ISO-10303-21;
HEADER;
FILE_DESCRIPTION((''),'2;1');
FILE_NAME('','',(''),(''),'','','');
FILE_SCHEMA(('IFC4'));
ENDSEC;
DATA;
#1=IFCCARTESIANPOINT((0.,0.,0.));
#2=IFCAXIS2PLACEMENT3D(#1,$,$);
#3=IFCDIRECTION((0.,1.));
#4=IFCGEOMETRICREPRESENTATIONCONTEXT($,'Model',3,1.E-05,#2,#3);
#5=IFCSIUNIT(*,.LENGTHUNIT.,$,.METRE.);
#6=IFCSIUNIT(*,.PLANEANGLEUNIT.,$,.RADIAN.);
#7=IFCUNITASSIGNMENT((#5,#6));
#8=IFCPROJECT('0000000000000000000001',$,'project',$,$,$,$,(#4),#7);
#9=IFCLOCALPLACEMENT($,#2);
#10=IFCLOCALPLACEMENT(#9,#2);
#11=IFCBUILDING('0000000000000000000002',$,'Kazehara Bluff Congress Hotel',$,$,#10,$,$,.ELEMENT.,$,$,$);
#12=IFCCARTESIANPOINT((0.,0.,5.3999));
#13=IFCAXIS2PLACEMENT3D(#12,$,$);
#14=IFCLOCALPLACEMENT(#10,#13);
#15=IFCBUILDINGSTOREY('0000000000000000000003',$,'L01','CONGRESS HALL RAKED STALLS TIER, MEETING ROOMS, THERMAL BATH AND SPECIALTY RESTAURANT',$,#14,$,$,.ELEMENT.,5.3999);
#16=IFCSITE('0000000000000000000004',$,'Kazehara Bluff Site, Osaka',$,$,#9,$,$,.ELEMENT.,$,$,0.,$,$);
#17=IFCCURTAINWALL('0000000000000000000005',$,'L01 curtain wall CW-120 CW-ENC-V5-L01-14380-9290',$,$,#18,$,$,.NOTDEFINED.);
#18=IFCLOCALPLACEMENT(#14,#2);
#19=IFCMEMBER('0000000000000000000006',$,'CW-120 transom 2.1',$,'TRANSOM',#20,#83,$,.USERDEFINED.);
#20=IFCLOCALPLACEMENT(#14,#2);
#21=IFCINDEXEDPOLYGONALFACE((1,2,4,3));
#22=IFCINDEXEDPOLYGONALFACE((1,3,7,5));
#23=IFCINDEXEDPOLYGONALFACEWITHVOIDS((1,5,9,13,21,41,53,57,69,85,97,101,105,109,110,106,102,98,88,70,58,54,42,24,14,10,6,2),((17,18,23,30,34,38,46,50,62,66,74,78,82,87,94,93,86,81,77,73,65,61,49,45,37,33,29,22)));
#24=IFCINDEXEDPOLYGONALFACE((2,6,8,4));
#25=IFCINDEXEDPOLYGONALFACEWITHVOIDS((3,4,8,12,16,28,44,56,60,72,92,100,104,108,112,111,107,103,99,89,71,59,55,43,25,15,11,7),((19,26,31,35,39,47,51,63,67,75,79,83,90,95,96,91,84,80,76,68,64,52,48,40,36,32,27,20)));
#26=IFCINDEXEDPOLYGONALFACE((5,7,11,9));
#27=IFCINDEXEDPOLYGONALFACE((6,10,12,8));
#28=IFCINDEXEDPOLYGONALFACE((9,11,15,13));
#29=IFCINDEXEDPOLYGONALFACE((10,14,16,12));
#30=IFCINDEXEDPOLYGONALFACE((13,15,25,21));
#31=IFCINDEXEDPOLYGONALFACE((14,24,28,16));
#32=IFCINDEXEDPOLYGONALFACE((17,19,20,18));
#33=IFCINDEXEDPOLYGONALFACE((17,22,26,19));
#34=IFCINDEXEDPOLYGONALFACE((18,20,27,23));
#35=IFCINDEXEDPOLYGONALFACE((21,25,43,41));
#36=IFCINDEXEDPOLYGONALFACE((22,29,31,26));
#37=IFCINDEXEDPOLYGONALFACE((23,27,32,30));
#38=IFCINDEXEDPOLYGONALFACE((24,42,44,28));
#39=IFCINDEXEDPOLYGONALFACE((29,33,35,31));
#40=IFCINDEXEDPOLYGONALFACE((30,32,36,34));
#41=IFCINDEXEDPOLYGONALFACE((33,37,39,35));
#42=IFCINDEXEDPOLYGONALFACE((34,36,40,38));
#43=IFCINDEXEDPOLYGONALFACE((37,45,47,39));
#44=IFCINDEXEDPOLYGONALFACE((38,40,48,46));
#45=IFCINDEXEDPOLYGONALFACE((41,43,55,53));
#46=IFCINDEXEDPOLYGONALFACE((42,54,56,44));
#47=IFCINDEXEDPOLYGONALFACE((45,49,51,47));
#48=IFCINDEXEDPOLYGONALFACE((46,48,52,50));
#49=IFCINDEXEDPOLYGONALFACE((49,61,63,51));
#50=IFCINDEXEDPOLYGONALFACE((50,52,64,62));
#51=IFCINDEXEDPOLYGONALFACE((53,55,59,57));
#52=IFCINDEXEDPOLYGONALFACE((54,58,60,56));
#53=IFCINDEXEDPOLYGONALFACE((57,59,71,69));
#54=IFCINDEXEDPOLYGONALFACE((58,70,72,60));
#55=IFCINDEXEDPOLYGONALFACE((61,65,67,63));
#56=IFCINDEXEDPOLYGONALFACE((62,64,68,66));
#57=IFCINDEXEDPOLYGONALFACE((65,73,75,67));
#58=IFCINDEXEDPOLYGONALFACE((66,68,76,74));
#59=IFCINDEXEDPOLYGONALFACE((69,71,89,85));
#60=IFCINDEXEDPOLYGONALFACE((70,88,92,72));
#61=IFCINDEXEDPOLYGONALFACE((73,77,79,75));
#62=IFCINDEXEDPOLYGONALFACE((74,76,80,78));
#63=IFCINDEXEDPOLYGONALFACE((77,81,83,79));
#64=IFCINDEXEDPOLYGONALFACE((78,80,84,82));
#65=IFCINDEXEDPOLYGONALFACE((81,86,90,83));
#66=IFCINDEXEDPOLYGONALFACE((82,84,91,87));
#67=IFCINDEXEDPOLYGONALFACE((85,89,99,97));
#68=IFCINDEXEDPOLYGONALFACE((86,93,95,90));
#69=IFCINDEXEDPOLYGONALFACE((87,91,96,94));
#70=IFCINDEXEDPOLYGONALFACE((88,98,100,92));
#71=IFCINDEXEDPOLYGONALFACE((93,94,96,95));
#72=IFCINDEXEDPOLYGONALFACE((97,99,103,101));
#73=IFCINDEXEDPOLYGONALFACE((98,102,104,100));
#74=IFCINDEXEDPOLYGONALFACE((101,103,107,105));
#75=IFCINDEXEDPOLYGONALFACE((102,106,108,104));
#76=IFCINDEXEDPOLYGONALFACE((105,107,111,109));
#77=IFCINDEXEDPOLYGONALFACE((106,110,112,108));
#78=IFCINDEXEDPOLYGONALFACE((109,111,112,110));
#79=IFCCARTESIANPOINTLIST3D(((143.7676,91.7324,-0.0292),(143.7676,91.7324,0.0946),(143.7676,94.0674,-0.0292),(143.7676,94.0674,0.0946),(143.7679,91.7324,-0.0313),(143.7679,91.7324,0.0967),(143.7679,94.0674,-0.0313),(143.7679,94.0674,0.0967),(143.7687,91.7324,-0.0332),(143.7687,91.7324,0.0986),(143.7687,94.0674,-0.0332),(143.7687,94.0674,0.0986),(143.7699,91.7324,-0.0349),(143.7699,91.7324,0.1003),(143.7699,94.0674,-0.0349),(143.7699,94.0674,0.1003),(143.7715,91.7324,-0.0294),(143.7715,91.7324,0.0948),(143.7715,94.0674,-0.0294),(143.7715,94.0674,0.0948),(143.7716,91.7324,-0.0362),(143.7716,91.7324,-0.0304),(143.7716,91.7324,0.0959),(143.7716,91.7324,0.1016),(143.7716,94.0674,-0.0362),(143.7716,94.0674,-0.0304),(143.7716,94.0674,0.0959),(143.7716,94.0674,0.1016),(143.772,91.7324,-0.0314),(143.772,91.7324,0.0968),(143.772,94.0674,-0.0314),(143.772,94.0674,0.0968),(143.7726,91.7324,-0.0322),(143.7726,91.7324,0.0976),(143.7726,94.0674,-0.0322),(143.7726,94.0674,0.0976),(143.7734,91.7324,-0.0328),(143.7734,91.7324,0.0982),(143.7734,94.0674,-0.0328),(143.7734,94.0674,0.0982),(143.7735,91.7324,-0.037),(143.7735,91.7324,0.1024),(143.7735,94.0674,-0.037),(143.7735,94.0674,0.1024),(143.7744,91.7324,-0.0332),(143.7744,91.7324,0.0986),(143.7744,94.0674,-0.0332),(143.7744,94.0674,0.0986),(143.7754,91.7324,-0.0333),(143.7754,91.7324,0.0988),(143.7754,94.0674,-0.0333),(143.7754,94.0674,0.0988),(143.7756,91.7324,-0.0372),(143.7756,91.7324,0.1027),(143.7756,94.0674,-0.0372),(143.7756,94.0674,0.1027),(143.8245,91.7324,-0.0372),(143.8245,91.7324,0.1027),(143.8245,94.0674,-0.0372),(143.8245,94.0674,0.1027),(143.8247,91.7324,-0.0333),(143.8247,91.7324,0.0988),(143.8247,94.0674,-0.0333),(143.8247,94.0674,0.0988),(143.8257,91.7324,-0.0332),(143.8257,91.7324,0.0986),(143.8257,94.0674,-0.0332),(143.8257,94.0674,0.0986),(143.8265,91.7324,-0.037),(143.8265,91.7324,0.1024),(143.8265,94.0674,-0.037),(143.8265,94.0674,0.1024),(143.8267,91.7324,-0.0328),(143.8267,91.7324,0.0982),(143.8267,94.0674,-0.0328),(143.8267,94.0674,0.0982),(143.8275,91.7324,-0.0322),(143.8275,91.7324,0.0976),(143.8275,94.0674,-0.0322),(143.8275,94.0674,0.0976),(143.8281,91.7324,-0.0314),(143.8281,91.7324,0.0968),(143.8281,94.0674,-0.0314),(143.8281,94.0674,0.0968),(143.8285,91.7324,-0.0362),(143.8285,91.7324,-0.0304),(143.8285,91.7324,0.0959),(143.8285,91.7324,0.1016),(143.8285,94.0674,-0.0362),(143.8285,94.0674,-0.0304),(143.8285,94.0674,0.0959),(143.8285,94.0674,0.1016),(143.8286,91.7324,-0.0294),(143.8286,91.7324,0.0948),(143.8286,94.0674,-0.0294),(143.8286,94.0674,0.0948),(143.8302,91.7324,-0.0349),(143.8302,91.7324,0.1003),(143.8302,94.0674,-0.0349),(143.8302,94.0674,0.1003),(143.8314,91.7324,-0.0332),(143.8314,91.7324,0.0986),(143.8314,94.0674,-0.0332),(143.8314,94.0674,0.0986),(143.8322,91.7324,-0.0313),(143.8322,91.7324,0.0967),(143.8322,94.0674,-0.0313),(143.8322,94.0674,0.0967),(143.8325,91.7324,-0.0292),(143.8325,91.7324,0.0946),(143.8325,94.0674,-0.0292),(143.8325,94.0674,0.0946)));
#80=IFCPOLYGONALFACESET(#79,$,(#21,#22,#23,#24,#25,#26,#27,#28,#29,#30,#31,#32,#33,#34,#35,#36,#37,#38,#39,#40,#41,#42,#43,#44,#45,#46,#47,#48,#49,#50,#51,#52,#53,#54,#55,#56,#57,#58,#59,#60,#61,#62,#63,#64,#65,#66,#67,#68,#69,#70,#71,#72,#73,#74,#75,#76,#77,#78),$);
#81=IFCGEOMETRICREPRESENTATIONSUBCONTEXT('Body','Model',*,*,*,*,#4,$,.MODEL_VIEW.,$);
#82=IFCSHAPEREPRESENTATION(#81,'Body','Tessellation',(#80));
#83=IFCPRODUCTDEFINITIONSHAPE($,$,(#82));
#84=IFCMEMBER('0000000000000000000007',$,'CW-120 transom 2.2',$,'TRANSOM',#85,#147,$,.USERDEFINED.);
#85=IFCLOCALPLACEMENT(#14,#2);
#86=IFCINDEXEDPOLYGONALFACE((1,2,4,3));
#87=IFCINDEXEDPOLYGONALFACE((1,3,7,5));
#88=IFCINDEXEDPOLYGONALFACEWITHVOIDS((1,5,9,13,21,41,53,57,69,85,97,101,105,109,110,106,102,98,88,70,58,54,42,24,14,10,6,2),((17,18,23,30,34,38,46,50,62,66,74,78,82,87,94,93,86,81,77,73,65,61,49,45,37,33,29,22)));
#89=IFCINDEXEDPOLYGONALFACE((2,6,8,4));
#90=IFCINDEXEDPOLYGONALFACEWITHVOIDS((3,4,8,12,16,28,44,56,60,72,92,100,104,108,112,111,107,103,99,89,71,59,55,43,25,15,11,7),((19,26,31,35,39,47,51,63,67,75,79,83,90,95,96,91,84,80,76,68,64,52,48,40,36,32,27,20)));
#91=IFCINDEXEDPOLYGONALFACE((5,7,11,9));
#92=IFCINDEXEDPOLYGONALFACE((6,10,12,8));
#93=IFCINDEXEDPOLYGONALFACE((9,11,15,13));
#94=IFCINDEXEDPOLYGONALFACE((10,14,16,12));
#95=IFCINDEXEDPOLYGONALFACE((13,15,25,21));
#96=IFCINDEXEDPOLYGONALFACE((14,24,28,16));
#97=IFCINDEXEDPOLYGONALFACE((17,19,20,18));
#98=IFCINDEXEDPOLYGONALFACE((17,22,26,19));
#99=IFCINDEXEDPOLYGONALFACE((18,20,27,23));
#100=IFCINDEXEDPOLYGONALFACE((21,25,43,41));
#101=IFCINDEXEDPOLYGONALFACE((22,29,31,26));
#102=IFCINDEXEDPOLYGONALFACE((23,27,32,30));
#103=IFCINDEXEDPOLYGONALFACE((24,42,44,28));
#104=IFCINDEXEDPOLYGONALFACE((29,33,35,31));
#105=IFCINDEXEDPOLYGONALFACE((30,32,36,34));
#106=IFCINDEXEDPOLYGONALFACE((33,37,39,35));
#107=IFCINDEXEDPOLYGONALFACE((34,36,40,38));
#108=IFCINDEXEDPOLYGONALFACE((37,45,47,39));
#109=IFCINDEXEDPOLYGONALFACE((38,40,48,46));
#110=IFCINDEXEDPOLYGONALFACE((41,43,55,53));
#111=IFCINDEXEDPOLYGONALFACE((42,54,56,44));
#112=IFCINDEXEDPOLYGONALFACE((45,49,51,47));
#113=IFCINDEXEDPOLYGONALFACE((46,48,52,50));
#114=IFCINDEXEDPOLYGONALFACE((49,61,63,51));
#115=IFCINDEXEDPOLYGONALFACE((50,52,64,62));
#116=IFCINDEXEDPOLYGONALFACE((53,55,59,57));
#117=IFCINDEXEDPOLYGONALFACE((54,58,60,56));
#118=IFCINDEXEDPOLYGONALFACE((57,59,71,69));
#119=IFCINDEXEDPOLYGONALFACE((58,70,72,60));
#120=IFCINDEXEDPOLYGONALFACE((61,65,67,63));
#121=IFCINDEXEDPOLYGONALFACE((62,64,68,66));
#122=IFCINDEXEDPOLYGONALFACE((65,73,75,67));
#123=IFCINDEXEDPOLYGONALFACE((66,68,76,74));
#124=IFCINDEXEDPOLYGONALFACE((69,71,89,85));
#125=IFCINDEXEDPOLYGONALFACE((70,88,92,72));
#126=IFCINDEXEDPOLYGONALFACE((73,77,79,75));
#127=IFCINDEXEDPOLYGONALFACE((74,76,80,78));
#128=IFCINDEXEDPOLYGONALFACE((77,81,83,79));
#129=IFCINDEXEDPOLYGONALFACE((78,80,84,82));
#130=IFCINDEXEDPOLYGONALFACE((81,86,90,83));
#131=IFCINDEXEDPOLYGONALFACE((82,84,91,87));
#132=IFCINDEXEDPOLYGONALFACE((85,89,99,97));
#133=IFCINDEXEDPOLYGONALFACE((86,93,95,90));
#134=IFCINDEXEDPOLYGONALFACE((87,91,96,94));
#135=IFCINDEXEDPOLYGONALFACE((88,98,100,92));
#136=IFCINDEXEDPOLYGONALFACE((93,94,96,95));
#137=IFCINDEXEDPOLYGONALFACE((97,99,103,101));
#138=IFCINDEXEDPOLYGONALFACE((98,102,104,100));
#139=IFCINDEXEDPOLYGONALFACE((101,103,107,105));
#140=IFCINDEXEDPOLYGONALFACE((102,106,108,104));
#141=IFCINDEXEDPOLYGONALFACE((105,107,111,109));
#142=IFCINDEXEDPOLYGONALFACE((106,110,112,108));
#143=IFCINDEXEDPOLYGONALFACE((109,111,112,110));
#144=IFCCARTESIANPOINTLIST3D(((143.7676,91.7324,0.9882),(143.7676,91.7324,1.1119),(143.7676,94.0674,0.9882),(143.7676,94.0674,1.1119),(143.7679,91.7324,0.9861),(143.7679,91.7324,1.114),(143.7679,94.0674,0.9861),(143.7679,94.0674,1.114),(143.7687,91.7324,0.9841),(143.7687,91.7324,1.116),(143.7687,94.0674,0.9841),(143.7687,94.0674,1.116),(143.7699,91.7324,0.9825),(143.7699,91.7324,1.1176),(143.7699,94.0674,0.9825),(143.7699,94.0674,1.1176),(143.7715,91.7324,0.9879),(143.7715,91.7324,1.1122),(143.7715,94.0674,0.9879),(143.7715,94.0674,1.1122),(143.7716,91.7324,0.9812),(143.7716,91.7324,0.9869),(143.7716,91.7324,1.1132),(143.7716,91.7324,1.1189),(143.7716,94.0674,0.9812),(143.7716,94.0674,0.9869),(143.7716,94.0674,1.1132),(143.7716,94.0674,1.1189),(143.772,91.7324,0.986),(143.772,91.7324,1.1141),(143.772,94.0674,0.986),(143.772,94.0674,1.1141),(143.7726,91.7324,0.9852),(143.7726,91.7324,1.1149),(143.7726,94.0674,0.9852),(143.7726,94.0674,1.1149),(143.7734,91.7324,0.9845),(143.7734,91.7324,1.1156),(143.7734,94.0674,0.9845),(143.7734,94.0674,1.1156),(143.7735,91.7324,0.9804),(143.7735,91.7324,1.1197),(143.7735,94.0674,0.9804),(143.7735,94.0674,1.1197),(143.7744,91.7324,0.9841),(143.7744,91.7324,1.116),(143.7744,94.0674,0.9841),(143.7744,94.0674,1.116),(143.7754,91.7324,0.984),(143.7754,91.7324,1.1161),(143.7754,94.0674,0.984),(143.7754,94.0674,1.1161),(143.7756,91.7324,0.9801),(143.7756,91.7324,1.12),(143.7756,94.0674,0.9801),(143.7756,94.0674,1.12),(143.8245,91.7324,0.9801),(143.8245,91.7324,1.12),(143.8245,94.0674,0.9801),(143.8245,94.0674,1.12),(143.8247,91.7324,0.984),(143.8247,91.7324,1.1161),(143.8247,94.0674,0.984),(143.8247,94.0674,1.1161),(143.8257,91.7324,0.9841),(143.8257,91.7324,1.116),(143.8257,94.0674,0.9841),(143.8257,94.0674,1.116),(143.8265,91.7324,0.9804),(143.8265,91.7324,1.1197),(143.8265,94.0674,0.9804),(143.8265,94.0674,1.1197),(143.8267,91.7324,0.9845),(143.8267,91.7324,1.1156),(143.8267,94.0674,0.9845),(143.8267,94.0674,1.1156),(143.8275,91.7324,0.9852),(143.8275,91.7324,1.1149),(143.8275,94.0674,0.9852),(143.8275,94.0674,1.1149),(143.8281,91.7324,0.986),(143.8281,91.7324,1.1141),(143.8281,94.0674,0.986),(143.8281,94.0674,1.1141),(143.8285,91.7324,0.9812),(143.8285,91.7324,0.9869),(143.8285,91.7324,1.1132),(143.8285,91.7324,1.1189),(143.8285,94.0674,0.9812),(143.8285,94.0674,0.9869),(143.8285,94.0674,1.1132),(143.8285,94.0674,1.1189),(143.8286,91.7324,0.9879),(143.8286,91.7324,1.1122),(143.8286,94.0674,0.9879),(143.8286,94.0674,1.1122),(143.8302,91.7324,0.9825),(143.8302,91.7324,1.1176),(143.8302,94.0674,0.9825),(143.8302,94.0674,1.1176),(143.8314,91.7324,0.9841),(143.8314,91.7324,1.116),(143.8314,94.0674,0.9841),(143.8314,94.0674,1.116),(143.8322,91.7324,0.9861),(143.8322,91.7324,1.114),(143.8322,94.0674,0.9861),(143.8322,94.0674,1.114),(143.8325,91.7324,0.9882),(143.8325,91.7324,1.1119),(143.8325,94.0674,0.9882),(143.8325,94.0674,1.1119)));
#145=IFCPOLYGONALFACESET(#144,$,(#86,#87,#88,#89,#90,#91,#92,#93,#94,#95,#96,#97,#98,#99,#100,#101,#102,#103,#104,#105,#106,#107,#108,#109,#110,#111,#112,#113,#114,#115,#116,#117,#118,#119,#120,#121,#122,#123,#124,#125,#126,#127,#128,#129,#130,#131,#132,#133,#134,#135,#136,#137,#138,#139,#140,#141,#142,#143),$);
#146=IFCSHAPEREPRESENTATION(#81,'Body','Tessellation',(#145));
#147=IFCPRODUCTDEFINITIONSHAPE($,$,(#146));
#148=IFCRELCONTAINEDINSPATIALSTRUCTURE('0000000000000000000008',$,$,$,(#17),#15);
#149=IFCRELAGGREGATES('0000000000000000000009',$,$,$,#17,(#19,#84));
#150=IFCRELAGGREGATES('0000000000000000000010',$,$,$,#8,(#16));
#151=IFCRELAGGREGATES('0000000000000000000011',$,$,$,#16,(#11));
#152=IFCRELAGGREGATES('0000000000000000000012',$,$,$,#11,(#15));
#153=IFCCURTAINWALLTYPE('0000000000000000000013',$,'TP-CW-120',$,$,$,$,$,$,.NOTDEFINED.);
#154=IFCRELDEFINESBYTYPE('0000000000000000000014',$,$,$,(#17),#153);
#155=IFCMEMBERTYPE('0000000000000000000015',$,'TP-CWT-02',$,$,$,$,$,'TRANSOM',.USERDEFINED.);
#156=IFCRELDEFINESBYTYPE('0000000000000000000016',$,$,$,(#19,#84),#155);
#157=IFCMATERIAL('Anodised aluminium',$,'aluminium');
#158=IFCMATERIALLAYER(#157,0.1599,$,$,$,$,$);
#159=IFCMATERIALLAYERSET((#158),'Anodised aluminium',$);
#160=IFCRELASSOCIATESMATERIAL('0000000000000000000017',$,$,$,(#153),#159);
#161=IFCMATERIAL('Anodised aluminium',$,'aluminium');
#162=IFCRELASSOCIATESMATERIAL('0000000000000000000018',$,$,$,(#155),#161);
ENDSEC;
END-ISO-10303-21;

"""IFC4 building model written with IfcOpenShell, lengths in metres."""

from ifc_helpers import new_model, si_unit, direction, frame, origin, origin_2d, place, context, subcontext, project, spatial, hollow_rectangle, extrude, material, layer, layer_set, material_profile, profile_set, type_object, element, aggregate, save


model = new_model("IFC4")

# Units and contexts
model_context = context("Model", 3, precision=1e-05, world=origin(), true_north=direction((0.0, 1.0)))
body_context = subcontext(model_context, "Body", "Model", "MODEL_VIEW")
ifc_project = project(units=[si_unit("LENGTHUNIT", "METRE"), si_unit("PLANEANGLEUNIT", "RADIAN")], contexts=[model_context])

# Site, building, storey
site_placement = place(None, origin())
site = spatial("IfcSite", under=ifc_project, at=site_placement, Name="Kazehara Bluff Site, Osaka", CompositionType="ELEMENT", RefElevation=0.0)
building_placement = place(site_placement, origin())
building = spatial("IfcBuilding", under=site, at=building_placement, Name="Kazehara Bluff Congress Hotel", CompositionType="ELEMENT")
storey_placement = place(building_placement, frame((0.0, 0.0, 5.3999)))
storey = spatial("IfcBuildingStorey", under=building, at=storey_placement, Name="L01", Description="CONGRESS HALL RAKED STALLS TIER, MEETING ROOMS, THERMAL BATH AND SPECIALTY RESTAURANT", CompositionType="ELEMENT", Elevation=5.3999)

# Curtain wall
ifc_material_1 = material(Name="Anodised aluminium", Category="aluminium")
ifc_layer_1 = layer(ifc_material_1, 0.1599)
ifc_layer_set_1 = layer_set([ifc_layer_1], Name="Anodised aluminium")
curtain_wall_type_1 = type_object("IfcCurtainWallType", Name="TP-CW-120", PredefinedType="NOTDEFINED", material=ifc_layer_set_1)
curtain_wall_1_placement = place(storey_placement, origin())
curtain_wall_1 = element("IfcCurtainWall", 1, at=curtain_wall_1_placement, inside=storey, type_object=curtain_wall_type_1, Name="L01 curtain wall CW-120 CW-ENC-V5-L01-14380-9290", PredefinedType="NOTDEFINED")

# Members
ifc_material_2 = material(Name="Anodised aluminium", Category="aluminium")
ifc_material_profile_1 = material_profile(ifc_material_2, hollow_rectangle(XDim=0.0649, YDim=0.1399, WallThickness=0.0039, InnerFilletRadius=0.0039, OuterFilletRadius=0.0081, at=origin_2d()))
ifc_profile_set_1 = profile_set([ifc_material_profile_1], Name="Anodised aluminium")
member_type_1 = type_object("IfcMemberType", Name="TP-CWT-02", ElementType="TRANSOM", PredefinedType="USERDEFINED", material=ifc_profile_set_1)
member_1_placement = place(storey_placement, frame((143.8, 91.7324, 0.0327), z_axis=(0.0, 1.0, 0.0), x_axis=(-1.0, 0.0, 0.0)))
member_1 = element("IfcMember", 2, at=member_1_placement, type_object=member_type_1, Name="CW-120 transom 2.1", ObjectType="TRANSOM", PredefinedType="USERDEFINED", context=body_context, shape_type="SweptSolid", body=[
    extrude(hollow_rectangle(XDim=0.0649, YDim=0.1399, WallThickness=0.0039, InnerFilletRadius=0.0039, OuterFilletRadius=0.0081, at=origin_2d()), origin(), (0.0, 0.0, 1.0), 2.335),
])
member_2_placement = place(storey_placement, frame((143.8, 91.7324, 1.05), z_axis=(0.0, 1.0, 0.0), x_axis=(-1.0, 0.0, 0.0)))
member_2 = element("IfcMember", 3, at=member_2_placement, type_object=member_type_1, Name="CW-120 transom 2.2", ObjectType="TRANSOM", PredefinedType="USERDEFINED", context=body_context, shape_type="SweptSolid", body=[
    extrude(hollow_rectangle(XDim=0.0649, YDim=0.1399, WallThickness=0.0039, InnerFilletRadius=0.0039, OuterFilletRadius=0.0081, at=origin_2d()), origin(), (0.0, 0.0, 1.0), 2.335),
])

aggregate(curtain_wall_1, [member_1, member_2])

save(model, "model.ifc")
